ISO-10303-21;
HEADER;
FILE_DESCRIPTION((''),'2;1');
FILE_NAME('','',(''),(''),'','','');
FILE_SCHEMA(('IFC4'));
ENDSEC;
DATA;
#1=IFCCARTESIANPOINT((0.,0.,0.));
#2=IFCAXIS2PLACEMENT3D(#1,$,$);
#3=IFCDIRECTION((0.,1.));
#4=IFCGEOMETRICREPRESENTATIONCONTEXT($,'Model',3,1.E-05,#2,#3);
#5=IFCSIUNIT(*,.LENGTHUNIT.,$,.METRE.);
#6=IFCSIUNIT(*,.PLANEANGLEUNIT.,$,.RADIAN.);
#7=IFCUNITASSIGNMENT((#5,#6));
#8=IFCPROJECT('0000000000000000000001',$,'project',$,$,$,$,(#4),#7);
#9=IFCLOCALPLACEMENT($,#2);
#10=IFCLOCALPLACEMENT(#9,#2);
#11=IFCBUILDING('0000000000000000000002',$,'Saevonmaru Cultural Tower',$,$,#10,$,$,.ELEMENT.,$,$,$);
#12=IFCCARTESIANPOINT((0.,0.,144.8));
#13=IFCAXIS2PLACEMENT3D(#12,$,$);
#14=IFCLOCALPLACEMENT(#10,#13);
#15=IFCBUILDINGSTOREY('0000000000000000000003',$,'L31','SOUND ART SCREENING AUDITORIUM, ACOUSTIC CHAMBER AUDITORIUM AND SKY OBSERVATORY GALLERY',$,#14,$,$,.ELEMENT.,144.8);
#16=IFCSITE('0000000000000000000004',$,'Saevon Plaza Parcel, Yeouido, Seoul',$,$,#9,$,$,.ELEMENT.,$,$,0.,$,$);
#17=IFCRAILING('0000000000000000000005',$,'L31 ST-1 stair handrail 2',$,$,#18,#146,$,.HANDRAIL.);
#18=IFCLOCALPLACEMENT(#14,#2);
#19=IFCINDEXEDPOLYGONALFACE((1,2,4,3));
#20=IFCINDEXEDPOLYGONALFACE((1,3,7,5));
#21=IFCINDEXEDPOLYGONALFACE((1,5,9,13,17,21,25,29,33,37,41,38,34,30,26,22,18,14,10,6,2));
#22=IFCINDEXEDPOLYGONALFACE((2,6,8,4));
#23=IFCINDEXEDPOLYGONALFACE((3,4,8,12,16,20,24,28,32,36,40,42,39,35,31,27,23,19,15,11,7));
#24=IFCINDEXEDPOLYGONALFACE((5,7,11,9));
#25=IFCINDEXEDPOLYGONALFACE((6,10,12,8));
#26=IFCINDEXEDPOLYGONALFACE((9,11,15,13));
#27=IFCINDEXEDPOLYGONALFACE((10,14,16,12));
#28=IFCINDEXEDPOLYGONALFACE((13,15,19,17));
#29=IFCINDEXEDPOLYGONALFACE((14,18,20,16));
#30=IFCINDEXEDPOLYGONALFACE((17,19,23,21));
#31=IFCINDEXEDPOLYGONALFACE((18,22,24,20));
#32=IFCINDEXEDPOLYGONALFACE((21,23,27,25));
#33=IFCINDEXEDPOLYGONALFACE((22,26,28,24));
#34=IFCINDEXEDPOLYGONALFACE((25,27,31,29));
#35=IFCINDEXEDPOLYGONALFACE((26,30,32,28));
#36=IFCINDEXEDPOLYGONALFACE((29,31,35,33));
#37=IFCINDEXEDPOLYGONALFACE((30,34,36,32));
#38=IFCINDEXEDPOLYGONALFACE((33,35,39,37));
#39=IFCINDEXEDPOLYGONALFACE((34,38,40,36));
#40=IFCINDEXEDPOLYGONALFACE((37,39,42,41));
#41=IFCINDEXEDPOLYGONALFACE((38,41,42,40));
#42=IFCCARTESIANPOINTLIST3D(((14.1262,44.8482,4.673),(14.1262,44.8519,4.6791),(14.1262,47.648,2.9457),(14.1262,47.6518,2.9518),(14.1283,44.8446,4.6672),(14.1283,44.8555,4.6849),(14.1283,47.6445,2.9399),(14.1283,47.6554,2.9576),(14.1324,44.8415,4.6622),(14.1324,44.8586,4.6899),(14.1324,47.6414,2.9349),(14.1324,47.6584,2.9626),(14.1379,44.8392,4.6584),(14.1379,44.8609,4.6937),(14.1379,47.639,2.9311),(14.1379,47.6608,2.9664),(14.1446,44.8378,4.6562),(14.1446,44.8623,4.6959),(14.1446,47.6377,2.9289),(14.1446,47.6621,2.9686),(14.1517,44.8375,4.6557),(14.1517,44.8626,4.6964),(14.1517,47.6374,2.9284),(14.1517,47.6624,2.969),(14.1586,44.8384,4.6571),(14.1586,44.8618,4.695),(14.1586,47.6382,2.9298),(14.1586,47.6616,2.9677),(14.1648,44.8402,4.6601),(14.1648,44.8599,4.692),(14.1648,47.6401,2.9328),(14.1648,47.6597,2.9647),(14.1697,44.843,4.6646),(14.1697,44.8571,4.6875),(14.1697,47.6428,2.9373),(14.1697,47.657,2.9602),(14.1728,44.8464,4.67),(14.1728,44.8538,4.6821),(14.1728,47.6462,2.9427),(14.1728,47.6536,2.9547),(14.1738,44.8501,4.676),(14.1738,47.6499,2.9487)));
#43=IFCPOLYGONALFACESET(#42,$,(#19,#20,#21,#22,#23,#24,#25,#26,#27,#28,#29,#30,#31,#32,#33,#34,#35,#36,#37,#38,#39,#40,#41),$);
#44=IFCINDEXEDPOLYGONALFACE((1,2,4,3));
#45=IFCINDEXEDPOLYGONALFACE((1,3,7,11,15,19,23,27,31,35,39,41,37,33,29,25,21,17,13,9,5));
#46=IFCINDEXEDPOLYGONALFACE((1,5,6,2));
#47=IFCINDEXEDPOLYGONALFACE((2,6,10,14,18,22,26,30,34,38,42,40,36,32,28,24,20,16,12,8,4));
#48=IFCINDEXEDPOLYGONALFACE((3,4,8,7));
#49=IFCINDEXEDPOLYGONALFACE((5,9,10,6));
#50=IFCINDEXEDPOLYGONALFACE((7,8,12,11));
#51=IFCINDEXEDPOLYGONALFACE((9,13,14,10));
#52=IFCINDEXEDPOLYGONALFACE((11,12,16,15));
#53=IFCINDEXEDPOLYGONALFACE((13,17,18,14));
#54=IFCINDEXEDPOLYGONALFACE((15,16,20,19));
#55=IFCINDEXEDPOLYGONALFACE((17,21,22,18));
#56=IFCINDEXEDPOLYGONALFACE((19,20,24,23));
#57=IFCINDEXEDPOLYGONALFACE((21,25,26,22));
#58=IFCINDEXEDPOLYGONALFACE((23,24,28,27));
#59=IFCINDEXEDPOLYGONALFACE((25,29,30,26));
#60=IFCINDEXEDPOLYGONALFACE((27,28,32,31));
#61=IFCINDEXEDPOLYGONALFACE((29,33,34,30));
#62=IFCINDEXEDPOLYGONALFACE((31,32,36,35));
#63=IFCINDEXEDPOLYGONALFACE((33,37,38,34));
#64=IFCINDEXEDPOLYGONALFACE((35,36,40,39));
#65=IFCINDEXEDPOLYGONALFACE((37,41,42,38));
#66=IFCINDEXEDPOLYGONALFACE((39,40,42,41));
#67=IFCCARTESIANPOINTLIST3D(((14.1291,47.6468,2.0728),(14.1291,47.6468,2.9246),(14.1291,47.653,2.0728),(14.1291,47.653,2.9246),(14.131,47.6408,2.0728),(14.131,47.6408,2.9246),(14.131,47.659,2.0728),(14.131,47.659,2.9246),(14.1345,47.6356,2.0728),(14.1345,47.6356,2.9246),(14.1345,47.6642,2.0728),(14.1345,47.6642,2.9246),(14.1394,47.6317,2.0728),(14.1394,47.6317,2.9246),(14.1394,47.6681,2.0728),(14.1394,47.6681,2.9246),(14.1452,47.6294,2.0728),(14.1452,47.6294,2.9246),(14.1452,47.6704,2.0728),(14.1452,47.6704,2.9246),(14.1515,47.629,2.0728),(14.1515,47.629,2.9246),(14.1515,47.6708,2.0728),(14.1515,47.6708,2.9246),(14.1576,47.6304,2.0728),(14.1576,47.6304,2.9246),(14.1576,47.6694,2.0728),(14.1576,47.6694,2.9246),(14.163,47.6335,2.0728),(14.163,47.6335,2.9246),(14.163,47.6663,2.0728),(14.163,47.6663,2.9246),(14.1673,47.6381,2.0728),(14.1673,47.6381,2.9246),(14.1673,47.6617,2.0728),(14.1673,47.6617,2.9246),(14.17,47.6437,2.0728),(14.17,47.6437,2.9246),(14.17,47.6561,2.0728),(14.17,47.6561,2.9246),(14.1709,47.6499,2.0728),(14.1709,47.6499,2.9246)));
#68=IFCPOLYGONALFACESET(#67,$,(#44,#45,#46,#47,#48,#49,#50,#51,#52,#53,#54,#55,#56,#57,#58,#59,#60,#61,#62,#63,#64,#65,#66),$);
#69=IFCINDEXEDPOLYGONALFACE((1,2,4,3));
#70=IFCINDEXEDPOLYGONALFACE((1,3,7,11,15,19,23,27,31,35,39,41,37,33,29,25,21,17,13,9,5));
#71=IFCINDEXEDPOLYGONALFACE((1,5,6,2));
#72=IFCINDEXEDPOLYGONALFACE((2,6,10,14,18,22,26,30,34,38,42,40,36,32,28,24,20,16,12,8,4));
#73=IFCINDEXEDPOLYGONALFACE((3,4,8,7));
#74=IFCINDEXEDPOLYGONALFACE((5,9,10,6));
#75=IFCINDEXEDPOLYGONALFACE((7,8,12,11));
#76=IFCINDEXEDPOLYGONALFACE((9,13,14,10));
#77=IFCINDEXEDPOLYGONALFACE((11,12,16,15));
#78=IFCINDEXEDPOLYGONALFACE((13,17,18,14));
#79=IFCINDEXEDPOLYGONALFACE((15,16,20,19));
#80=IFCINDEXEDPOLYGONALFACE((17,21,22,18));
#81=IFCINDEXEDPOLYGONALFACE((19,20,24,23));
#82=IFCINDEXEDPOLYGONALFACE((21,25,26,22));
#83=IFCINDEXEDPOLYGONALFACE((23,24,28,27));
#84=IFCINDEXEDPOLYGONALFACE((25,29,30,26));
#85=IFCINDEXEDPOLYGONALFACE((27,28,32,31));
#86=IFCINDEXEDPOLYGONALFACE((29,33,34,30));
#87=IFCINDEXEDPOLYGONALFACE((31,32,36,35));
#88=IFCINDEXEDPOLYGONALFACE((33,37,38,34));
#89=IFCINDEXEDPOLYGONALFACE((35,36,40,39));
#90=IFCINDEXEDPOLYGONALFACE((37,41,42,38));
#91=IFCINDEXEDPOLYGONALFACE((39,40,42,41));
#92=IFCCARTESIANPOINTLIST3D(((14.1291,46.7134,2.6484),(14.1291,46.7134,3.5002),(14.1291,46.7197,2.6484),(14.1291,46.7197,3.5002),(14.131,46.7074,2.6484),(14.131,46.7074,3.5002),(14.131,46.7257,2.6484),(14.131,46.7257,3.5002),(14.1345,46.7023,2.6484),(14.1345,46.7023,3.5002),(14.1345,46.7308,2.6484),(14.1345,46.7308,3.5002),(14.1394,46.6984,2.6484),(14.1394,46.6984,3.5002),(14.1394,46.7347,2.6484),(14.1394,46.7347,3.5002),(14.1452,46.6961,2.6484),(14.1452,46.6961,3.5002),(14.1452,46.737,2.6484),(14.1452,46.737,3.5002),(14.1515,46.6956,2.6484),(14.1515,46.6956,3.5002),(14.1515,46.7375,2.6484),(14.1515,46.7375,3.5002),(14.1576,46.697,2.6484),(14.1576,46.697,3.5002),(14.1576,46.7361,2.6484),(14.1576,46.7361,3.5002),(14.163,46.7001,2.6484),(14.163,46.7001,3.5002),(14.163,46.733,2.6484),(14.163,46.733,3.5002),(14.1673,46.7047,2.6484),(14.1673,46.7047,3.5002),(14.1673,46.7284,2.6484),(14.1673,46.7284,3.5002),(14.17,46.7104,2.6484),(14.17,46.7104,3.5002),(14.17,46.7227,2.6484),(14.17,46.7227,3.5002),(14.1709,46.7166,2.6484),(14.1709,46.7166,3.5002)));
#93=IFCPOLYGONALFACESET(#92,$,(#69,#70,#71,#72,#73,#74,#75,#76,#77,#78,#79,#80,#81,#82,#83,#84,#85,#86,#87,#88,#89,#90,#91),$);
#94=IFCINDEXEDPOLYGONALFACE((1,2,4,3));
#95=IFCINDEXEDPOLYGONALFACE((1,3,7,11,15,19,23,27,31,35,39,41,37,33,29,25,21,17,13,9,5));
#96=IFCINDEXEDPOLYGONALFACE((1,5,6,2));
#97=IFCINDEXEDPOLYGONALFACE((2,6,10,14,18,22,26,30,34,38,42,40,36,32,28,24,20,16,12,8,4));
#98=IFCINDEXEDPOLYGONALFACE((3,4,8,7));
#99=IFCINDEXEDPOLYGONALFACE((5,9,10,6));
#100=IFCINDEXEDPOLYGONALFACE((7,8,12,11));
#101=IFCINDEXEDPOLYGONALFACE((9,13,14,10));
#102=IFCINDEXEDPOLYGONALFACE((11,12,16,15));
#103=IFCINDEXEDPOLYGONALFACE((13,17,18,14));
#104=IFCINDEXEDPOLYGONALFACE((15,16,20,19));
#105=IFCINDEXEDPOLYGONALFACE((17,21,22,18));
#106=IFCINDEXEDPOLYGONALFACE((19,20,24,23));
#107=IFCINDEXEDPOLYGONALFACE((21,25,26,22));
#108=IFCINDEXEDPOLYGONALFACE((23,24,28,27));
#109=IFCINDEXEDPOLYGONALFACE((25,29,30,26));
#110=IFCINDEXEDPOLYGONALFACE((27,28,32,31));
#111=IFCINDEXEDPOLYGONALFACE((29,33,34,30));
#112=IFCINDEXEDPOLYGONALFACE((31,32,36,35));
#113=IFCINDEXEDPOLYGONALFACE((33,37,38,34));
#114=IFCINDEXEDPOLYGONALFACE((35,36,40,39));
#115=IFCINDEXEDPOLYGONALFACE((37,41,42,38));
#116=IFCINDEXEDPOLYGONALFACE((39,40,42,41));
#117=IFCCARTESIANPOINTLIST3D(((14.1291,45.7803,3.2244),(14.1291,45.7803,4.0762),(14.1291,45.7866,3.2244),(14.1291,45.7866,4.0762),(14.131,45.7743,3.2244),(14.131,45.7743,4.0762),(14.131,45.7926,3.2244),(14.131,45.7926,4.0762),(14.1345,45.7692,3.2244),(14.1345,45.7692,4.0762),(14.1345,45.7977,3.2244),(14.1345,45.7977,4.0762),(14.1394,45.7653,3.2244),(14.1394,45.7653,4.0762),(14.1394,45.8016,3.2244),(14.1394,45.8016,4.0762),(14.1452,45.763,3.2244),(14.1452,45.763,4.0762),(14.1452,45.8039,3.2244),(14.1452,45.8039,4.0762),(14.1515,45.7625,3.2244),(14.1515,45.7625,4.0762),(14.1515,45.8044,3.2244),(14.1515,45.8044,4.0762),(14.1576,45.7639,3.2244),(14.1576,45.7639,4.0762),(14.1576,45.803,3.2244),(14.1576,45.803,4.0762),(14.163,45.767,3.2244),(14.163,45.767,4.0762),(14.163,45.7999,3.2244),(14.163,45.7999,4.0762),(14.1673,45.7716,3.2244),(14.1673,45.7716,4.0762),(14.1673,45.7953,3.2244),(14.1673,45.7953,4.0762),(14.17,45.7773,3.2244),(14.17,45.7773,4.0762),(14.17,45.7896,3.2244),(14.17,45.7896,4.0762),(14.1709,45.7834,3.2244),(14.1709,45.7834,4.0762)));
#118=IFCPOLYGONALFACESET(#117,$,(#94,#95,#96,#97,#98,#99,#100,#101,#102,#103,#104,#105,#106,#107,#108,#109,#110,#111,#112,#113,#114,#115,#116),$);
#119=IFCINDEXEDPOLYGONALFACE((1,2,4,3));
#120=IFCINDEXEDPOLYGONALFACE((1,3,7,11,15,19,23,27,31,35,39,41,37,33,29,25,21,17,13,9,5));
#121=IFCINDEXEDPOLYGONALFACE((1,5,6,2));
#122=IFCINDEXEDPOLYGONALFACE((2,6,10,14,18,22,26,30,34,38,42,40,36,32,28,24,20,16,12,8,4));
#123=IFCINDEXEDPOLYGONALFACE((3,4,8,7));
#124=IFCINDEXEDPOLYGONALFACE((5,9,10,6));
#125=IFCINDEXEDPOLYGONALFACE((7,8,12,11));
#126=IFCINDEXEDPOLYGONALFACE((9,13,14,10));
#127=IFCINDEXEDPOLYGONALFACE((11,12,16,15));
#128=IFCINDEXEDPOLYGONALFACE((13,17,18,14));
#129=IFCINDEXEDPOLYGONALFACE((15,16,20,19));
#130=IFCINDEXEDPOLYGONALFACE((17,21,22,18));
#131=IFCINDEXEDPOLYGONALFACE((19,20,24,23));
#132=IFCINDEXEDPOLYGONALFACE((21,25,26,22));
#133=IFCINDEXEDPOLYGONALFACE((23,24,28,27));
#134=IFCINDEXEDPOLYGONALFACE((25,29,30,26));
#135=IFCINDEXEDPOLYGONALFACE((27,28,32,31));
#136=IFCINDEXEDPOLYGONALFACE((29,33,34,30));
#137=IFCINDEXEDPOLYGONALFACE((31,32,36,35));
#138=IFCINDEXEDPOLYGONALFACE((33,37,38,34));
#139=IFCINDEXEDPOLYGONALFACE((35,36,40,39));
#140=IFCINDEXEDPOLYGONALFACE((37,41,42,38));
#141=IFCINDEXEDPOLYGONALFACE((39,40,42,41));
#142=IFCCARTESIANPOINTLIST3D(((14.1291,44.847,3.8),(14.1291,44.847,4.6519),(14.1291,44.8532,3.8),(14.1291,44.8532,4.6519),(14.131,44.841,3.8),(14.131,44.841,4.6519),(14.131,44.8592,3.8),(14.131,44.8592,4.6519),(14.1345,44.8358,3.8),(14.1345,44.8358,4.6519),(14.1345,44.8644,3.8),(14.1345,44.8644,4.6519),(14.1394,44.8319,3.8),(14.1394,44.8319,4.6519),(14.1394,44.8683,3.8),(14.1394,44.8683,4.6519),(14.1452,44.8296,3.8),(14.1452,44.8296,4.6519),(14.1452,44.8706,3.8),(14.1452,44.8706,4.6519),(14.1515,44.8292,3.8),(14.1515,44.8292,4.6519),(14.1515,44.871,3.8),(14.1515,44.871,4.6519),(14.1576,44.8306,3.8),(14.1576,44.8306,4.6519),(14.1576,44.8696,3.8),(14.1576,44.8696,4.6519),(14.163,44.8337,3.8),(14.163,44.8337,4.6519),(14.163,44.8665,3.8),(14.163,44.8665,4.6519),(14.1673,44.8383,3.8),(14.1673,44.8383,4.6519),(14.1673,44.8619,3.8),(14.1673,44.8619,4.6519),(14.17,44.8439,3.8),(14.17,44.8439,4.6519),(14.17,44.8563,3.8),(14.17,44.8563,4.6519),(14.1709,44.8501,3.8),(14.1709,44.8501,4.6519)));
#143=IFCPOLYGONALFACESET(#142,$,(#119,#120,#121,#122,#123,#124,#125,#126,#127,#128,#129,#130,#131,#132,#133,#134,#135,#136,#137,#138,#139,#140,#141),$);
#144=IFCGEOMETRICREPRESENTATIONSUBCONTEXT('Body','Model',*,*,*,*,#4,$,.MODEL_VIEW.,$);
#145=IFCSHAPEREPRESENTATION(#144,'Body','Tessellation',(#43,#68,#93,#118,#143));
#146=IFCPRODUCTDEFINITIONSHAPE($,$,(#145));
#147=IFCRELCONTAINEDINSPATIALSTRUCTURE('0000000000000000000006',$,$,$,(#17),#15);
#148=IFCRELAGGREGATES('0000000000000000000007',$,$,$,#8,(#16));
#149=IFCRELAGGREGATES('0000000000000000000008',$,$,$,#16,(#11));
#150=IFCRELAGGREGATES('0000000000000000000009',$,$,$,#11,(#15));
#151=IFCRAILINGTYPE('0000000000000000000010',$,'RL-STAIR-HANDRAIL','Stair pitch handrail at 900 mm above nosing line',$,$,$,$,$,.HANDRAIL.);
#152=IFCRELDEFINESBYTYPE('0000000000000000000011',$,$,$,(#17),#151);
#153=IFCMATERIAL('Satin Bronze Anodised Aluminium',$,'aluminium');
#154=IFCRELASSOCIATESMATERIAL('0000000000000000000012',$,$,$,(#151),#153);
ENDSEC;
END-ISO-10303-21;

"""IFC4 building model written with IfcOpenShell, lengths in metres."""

from ifc_helpers import new_model, si_unit, direction, frame, origin, origin_2d, place, context, subcontext, project, spatial, circle, extrude, material, type_object, element, save


model = new_model("IFC4")

# Units and contexts
model_context = context("Model", 3, precision=1e-05, world=origin(), true_north=direction((0.0, 1.0)))
body_context = subcontext(model_context, "Body", "Model", "MODEL_VIEW")
ifc_project = project(units=[si_unit("LENGTHUNIT", "METRE"), si_unit("PLANEANGLEUNIT", "RADIAN")], contexts=[model_context])

# Site, building, storey
site_placement = place(None, origin())
site = spatial("IfcSite", under=ifc_project, at=site_placement, Name="Saevon Plaza Parcel, Yeouido, Seoul", CompositionType="ELEMENT", RefElevation=0.0)
building_placement = place(site_placement, origin())
building = spatial("IfcBuilding", under=site, at=building_placement, Name="Saevonmaru Cultural Tower", CompositionType="ELEMENT")
storey_placement = place(building_placement, frame((0.0, 0.0, 144.8)))
storey = spatial("IfcBuildingStorey", under=building, at=storey_placement, Name="L31", Description="SOUND ART SCREENING AUDITORIUM, ACOUSTIC CHAMBER AUDITORIUM AND SKY OBSERVATORY GALLERY", CompositionType="ELEMENT", Elevation=144.8)

# Shared definitions
ifc_material_1 = material(Name="Satin Bronze Anodised Aluminium", Category="aluminium")

# Railing
railing_type_1 = type_object("IfcRailingType", Name="RL-STAIR-HANDRAIL", Description="Stair pitch handrail at 900 mm above nosing line", PredefinedType="HANDRAIL", material=ifc_material_1)
railing_1_placement = place(storey_placement, frame((14.1499, 47.6499, 2.0728)))
element("IfcRailing", 1, at=railing_1_placement, inside=storey, type_object=railing_type_1, Name="L31 ST-1 stair handrail 2", PredefinedType="HANDRAIL", context=body_context, shape_type="SweptSolid", body=[
    extrude(circle(Radius=0.0239, at=origin_2d()), frame((0.0, 0.0, 0.876), z_axis=(0.0, -0.851069, 0.525054), x_axis=(1.0, 0.0, 0.0)), (0.0, 0.0, 1.0), 3.2898),
    extrude(circle(Radius=0.021, at=origin_2d()), origin(), (0.0, 0.0, 1.0), 0.8518),
    extrude(circle(Radius=0.021, at=origin_2d()), frame((0.0, -0.9333, 0.5757)), (0.0, 0.0, 1.0), 0.8518),
    extrude(circle(Radius=0.021, at=origin_2d()), frame((0.0, -1.8665, 1.1516)), (0.0, 0.0, 1.0), 0.8518),
    extrude(circle(Radius=0.021, at=origin_2d()), frame((0.0, -2.7998, 1.7273)), (0.0, 0.0, 1.0), 0.8518),
])

save(model, "model.ifc")
